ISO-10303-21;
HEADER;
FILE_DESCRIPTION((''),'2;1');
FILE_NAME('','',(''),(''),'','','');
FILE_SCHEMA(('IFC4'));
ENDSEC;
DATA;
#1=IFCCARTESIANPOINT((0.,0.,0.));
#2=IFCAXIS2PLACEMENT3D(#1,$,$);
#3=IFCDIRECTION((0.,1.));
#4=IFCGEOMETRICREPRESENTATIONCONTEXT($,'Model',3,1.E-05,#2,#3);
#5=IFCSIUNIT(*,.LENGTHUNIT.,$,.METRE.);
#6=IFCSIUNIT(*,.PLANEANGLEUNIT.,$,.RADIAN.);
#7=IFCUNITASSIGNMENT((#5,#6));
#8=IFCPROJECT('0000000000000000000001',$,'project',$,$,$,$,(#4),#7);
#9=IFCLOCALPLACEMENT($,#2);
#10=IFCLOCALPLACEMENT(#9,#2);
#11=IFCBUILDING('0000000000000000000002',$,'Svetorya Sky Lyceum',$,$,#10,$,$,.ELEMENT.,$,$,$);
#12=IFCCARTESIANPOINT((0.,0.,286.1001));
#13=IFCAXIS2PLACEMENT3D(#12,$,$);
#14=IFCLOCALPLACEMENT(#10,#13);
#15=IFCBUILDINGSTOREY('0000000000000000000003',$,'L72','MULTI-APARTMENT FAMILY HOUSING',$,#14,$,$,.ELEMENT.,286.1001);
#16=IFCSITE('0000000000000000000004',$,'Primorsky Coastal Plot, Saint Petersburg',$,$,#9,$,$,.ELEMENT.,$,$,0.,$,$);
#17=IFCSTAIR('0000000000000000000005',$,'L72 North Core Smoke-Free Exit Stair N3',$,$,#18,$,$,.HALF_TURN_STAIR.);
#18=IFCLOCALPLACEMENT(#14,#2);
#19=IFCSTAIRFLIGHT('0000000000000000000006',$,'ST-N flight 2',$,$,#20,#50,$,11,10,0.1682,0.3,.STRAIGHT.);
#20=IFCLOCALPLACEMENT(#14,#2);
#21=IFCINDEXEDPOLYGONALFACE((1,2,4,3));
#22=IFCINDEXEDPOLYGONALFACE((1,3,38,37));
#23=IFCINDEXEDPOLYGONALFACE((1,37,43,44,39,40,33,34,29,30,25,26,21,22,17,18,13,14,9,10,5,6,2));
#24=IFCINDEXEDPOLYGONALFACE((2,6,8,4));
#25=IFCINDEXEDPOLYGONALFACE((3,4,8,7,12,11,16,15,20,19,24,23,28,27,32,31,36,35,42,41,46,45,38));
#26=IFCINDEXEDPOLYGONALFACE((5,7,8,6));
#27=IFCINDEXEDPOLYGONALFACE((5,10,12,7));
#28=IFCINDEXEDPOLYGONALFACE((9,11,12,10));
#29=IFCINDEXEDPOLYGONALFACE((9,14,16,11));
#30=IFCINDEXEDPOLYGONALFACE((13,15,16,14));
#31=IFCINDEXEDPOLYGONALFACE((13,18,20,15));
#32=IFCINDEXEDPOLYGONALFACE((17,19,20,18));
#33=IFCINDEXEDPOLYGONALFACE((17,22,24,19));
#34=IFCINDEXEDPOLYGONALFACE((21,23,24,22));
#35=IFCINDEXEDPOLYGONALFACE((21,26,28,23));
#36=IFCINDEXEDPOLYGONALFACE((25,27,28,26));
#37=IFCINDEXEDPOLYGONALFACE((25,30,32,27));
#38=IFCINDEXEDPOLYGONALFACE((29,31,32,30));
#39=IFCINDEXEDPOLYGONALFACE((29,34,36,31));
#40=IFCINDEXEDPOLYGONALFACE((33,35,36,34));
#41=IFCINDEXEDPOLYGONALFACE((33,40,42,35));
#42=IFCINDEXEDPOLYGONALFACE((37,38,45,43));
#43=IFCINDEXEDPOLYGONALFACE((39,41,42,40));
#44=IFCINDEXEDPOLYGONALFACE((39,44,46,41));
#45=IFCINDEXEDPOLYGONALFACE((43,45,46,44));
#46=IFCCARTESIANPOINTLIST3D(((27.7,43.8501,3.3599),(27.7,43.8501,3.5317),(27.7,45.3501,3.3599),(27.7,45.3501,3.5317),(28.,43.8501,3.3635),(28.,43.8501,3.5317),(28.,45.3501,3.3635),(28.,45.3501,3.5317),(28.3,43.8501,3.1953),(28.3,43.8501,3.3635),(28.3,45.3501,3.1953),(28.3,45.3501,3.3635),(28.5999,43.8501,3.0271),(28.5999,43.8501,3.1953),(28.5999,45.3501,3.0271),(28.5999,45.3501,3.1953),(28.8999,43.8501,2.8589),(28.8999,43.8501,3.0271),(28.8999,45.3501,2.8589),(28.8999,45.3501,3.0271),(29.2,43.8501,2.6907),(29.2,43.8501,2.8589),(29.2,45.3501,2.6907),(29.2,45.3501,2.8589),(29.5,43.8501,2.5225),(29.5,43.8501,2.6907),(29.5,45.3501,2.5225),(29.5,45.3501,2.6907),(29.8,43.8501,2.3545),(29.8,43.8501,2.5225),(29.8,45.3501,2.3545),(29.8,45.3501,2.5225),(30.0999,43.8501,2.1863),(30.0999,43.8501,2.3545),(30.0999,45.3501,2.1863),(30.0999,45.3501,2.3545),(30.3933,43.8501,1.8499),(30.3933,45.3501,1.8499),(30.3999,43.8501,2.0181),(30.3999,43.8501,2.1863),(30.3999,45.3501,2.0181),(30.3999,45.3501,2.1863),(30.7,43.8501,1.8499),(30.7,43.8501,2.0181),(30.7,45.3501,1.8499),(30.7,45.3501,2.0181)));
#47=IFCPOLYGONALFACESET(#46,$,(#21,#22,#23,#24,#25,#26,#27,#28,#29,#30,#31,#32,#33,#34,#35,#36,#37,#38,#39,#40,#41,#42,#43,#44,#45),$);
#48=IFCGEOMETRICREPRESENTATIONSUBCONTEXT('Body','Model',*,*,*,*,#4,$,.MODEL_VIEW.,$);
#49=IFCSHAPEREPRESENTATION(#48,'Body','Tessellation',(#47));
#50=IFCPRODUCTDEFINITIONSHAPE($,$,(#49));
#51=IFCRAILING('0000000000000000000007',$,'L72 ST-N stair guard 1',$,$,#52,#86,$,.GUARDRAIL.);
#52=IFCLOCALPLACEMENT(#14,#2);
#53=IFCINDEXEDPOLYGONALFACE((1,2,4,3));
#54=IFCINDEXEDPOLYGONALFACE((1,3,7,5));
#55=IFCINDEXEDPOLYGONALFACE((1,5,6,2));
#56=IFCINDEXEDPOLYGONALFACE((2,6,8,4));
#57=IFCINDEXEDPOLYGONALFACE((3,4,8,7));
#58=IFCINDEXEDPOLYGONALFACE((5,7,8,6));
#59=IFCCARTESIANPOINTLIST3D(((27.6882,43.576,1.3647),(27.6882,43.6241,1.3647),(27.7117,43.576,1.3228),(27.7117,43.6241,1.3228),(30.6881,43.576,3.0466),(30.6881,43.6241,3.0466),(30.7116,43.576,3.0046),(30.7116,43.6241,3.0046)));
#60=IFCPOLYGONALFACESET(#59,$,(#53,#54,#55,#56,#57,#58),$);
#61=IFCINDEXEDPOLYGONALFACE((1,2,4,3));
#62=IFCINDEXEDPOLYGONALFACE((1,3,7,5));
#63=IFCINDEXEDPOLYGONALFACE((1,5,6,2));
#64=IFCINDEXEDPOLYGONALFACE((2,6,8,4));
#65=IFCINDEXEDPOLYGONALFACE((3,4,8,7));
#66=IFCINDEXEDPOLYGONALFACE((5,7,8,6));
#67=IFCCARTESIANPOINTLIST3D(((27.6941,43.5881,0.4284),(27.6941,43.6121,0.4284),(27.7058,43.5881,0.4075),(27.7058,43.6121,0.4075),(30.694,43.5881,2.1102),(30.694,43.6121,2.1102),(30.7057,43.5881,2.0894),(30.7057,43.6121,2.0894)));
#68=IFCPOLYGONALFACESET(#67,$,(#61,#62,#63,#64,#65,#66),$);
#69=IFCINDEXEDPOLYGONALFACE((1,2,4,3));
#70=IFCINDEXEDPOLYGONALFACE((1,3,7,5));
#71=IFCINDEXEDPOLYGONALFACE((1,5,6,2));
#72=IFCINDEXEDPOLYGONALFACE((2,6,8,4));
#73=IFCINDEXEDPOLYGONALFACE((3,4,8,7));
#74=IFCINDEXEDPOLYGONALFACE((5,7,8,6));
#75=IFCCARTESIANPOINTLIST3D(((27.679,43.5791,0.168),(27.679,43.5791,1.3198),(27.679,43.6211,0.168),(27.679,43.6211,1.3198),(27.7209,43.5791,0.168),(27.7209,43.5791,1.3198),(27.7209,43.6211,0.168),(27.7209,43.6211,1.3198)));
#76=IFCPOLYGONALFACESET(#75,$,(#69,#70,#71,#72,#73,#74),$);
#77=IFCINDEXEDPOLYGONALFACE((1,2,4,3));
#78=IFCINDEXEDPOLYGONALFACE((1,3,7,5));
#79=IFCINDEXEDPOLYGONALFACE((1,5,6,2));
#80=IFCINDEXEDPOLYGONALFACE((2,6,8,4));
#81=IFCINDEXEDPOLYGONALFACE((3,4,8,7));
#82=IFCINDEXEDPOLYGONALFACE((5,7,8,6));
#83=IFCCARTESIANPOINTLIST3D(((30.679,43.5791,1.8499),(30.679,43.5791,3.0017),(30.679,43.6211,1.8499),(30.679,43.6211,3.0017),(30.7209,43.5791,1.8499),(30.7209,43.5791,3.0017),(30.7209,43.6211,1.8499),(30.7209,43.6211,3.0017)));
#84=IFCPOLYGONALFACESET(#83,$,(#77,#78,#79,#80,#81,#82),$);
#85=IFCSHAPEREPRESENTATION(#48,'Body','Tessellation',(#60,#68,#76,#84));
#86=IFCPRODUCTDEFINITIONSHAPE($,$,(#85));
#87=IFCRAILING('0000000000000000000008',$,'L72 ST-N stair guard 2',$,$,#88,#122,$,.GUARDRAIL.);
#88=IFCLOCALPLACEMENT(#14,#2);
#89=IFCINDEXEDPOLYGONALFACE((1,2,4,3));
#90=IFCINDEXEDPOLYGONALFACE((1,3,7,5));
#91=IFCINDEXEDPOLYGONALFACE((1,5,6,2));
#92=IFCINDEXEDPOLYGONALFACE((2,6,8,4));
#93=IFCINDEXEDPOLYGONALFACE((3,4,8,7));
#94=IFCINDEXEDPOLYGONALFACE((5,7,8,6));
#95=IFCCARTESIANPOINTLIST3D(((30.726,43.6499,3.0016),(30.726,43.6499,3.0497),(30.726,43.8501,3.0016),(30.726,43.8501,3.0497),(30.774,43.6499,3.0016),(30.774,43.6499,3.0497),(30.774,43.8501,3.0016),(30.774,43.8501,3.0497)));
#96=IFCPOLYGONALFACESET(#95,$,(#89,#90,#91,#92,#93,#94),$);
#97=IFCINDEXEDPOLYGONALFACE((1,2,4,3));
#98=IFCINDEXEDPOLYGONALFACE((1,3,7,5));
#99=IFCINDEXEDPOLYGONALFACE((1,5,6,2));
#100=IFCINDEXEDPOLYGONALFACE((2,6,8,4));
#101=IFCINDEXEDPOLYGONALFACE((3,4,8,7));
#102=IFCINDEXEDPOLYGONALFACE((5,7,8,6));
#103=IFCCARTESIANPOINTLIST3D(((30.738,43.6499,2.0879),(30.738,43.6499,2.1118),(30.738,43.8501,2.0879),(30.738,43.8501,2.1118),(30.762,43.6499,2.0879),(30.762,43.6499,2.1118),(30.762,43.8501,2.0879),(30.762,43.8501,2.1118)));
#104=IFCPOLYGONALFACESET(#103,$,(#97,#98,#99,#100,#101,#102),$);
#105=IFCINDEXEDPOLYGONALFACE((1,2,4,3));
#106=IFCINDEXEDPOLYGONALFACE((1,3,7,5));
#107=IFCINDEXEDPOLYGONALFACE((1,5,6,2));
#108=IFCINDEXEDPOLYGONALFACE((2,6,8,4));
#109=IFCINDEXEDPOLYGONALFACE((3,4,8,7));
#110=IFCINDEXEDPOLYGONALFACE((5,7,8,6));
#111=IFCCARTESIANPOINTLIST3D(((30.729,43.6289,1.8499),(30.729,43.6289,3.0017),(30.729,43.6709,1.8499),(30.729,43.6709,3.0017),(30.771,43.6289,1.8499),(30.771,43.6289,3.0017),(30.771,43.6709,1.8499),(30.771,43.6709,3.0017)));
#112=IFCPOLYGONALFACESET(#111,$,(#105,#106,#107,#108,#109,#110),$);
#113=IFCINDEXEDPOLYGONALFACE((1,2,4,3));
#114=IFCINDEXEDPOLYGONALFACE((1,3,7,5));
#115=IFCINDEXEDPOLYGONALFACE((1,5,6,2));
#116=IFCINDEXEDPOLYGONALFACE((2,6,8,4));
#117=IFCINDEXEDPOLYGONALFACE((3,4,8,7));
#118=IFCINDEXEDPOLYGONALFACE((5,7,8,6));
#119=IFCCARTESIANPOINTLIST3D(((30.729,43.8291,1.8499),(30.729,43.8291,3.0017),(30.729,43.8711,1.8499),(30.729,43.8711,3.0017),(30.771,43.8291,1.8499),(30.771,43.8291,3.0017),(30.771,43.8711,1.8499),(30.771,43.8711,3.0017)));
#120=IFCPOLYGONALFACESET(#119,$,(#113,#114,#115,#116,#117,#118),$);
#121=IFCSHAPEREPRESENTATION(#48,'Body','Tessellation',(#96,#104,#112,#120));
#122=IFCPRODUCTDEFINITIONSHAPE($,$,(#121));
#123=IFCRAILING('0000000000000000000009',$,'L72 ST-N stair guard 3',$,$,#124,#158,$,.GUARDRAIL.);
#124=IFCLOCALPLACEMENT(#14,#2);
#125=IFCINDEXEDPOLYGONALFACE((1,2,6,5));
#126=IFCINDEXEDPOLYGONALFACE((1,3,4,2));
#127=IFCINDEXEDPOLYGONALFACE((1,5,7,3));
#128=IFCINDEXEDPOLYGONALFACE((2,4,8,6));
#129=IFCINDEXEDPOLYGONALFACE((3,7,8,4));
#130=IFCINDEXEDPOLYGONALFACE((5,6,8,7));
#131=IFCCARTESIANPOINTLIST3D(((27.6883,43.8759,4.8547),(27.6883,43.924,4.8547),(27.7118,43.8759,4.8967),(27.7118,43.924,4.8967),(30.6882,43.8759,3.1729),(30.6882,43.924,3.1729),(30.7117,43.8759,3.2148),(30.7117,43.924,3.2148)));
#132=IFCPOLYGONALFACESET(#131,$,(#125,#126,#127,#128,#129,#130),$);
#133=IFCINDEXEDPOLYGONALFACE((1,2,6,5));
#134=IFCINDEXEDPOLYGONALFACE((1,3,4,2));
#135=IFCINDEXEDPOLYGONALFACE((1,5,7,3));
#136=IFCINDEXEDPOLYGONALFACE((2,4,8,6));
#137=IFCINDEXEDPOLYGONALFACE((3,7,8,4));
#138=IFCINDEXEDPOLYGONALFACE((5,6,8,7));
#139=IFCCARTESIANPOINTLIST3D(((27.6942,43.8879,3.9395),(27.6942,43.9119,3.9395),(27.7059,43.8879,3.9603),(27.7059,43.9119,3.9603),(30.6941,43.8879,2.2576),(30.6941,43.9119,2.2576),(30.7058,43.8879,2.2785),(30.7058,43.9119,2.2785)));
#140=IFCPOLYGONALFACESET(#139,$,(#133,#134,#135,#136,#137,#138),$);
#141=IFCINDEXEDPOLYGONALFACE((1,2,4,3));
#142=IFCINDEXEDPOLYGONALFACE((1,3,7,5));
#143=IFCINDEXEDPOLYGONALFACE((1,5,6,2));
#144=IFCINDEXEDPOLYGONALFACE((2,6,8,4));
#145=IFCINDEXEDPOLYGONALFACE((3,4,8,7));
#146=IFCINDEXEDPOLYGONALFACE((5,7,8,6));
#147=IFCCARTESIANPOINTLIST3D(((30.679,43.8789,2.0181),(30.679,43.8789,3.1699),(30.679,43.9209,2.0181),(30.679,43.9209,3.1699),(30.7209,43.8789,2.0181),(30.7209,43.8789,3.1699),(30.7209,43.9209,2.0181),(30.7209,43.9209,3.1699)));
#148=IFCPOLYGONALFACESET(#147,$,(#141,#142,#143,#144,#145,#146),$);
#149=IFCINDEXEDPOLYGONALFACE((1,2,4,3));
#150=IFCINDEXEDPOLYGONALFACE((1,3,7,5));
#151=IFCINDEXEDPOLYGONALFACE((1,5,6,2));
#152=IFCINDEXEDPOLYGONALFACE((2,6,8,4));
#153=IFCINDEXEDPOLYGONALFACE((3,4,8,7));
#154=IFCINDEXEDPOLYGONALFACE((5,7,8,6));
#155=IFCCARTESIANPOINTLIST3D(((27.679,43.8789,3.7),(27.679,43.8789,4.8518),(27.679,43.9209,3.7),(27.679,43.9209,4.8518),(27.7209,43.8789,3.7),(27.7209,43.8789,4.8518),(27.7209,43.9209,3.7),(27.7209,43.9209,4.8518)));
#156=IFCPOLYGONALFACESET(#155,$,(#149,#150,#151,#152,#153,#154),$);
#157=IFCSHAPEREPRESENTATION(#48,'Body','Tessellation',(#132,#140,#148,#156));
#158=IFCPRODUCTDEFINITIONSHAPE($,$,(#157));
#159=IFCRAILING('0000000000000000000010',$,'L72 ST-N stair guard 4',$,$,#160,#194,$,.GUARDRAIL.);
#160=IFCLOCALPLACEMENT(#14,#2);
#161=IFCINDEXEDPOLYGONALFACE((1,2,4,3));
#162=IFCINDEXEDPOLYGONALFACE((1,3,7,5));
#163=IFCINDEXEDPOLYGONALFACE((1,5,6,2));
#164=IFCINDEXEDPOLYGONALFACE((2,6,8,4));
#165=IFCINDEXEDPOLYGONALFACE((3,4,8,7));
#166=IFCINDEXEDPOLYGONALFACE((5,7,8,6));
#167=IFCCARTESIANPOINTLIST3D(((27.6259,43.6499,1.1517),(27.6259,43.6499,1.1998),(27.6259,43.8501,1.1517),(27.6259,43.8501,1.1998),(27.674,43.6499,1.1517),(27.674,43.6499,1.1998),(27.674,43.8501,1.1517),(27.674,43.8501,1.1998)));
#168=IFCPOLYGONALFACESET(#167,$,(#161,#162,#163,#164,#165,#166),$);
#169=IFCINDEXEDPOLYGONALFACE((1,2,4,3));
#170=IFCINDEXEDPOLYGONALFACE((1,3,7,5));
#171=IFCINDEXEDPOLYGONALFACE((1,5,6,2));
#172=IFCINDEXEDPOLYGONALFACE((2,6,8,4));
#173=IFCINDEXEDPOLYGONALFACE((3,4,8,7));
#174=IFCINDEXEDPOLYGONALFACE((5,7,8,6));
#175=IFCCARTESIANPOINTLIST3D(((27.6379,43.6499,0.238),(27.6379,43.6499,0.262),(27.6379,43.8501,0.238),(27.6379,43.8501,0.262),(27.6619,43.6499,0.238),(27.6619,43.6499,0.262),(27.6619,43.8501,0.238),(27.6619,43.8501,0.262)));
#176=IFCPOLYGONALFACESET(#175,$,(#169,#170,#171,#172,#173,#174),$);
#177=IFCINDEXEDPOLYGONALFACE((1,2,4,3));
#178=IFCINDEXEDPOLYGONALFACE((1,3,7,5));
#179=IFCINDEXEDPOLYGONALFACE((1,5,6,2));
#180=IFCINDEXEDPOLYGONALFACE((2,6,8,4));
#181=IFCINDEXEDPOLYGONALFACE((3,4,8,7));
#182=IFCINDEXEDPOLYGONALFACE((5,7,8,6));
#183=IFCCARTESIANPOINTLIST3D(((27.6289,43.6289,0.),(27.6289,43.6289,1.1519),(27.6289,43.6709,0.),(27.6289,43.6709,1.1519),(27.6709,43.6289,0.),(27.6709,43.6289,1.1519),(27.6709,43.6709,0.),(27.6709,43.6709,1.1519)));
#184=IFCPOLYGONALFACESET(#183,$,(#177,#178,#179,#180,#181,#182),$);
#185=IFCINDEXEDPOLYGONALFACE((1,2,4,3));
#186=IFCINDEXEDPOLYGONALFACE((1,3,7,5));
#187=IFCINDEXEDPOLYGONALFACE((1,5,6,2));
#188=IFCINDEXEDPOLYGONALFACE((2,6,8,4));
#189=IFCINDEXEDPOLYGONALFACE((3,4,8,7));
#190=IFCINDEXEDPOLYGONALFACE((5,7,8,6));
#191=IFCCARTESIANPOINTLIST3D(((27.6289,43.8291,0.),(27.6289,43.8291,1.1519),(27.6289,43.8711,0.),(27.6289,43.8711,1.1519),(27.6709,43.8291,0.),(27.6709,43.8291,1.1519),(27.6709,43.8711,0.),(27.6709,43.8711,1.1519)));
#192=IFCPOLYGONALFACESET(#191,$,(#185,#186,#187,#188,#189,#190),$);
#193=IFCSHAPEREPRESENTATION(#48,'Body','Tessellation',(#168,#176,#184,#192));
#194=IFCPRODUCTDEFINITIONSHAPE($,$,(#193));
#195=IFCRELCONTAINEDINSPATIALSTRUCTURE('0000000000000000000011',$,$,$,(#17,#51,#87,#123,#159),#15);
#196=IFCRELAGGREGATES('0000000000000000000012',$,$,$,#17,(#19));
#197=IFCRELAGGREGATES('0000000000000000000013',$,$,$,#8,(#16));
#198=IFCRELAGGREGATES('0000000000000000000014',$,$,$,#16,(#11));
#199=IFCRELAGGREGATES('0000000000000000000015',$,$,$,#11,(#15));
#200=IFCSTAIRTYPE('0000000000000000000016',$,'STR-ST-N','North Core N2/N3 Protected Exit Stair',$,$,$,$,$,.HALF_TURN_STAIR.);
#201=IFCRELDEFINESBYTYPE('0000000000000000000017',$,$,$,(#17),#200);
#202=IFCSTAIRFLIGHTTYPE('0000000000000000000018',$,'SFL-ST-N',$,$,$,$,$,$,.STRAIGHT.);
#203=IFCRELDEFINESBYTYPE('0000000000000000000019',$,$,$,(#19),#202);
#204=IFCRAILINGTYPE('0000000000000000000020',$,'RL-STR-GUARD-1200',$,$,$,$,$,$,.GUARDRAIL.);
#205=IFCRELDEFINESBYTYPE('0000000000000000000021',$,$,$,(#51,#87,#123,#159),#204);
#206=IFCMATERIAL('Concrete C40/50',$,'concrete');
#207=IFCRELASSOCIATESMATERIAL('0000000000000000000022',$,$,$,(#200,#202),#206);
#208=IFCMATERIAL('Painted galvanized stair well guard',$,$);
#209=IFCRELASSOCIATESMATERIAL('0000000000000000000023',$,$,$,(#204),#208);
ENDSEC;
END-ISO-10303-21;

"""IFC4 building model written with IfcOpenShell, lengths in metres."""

from ifc_helpers import new_model, si_unit, direction, frame, origin, origin_2d, place, context, subcontext, project, spatial, polyline, rectangle, outline, extrude, material, type_object, element, aggregate, save


model = new_model("IFC4")

# Units and contexts
model_context = context("Model", 3, precision=1e-05, world=origin(), true_north=direction((0.0, 1.0)))
body_context = subcontext(model_context, "Body", "Model", "MODEL_VIEW")
ifc_project = project(units=[si_unit("LENGTHUNIT", "METRE"), si_unit("PLANEANGLEUNIT", "RADIAN")], contexts=[model_context])

# Site, building, storey
site_placement = place(None, origin())
site = spatial("IfcSite", under=ifc_project, at=site_placement, Name="Primorsky Coastal Plot, Saint Petersburg", CompositionType="ELEMENT", RefElevation=0.0)
building_placement = place(site_placement, origin())
building = spatial("IfcBuilding", under=site, at=building_placement, Name="Svetorya Sky Lyceum", CompositionType="ELEMENT")
storey_placement = place(building_placement, frame((0.0, 0.0, 286.1001)))
storey = spatial("IfcBuildingStorey", under=building, at=storey_placement, Name="L72", Description="MULTI-APARTMENT FAMILY HOUSING", CompositionType="ELEMENT", Elevation=286.1001)

# Shared definitions
ifc_material_1 = material(Name="Concrete C40/50", Category="concrete")

# Stair, stair flight
stair_type = type_object("IfcStairType", Name="STR-ST-N", Description="North Core N2/N3 Protected Exit Stair", PredefinedType="HALF_TURN_STAIR", material=ifc_material_1)
stair_placement = place(storey_placement, origin())
stair = element("IfcStair", 1, at=stair_placement, inside=storey, type_object=stair_type, Name="L72 North Core Smoke-Free Exit Stair N3", PredefinedType="HALF_TURN_STAIR")
stair_flight_type = type_object("IfcStairFlightType", Name="SFL-ST-N", PredefinedType="STRAIGHT", material=ifc_material_1)
stair_flight_1_placement = place(storey_placement, frame((30.7, 44.6001, 1.8499), z_axis=(0.0, 0.0, 1.0), x_axis=(-1.0, 0.0, 0.0)))
stair_flight_1 = element("IfcStairFlight", 2, at=stair_flight_1_placement, type_object=stair_flight_type, Name="ST-N flight 2", NumberOfRisers=11, NumberOfTreads=10, PredefinedType="STRAIGHT", RiserHeight=0.1682, TreadLength=0.3, context=body_context, shape_type="SweptSolid", body=[
    extrude(outline(polyline([(0.0, 0.0), (0.0, 0.1682), (0.3, 0.1682), (0.3, 0.3364), (0.6001, 0.3364), (0.6001, 0.5046), (0.8999, 0.5046), (0.8999, 0.6726), (1.2, 0.6726), (1.2, 0.8408), (1.5, 0.8408), (1.5, 1.009), (1.8, 1.009), (1.8, 1.1772), (2.1001, 1.1772), (2.1001, 1.3455), (2.3999, 1.3455), (2.3999, 1.5137), (2.7, 1.5137), (2.7, 1.6819), (3.0, 1.6819), (3.0, 1.8501), (3.0, 1.51), (0.3066, 0.0), (0.0, 0.0)])), frame((0.0, 0.75, 0.0), z_axis=(0.0, -1.0, 0.0), x_axis=(1.0, 0.0, 0.0)), (0.0, 0.0, 1.0), 1.5),
])
aggregate(stair, [stair_flight_1])

# Railings
ifc_material_2 = material(Name="Painted galvanized stair well guard")
railing_type_1 = type_object("IfcRailingType", Name="RL-STR-GUARD-1200", PredefinedType="GUARDRAIL", material=ifc_material_2)
railing_1_placement = place(storey_placement, frame((27.7, 43.6001, 0.168)))
element("IfcRailing", 3, at=railing_1_placement, inside=storey, type_object=railing_type_1, Name="L72 ST-N stair guard 1", PredefinedType="GUARDRAIL", context=body_context, shape_type="SweptSolid", body=[
    extrude(rectangle(XDim=0.0481, YDim=0.0481, at=origin_2d()), frame((0.0, 0.0, 1.1758), z_axis=(0.872272, 0.0, 0.48902), x_axis=(0.0, 1.0, 0.0)), (0.0, 0.0, 1.0), 3.4392),
    extrude(rectangle(XDim=0.0239, YDim=0.0239, at=origin_2d()), frame((0.0, 0.0, 0.25), z_axis=(0.872272, 0.0, 0.48902), x_axis=(0.0, 1.0, 0.0)), (0.0, 0.0, 1.0), 3.4392),
    extrude(rectangle(XDim=0.042, YDim=0.042, at=origin_2d()), origin(), (0.0, 0.0, 1.0), 1.1519),
    extrude(rectangle(XDim=0.042, YDim=0.042, at=origin_2d()), frame((3.0, 0.0, 1.6819)), (0.0, 0.0, 1.0), 1.1519),
])
railing_2_placement = place(storey_placement, frame((30.75, 43.6499, 1.8499)))
element("IfcRailing", 4, at=railing_2_placement, inside=storey, type_object=railing_type_1, Name="L72 ST-N stair guard 2", PredefinedType="GUARDRAIL", context=body_context, shape_type="SweptSolid", body=[
    extrude(rectangle(XDim=0.0481, YDim=0.0481, at=origin_2d()), frame((0.0, 0.0, 1.1758), z_axis=(0.0, 1.0, 0.0), x_axis=(-1.0, 0.0, 0.0)), (0.0, 0.0, 1.0), 0.2002),
    extrude(rectangle(XDim=0.0239, YDim=0.0239, at=origin_2d()), frame((0.0, 0.0, 0.25), z_axis=(0.0, 1.0, 0.0), x_axis=(-1.0, 0.0, 0.0)), (0.0, 0.0, 1.0), 0.2002),
    extrude(rectangle(XDim=0.042, YDim=0.042, at=origin_2d()), origin(), (0.0, 0.0, 1.0), 1.1519),
    extrude(rectangle(XDim=0.042, YDim=0.042, at=origin_2d()), frame((0.0, 0.2002, 0.0)), (0.0, 0.0, 1.0), 1.1519),
])
railing_3_placement = place(storey_placement, frame((30.7, 43.8999, 2.0181)))
element("IfcRailing", 5, at=railing_3_placement, inside=storey, type_object=railing_type_1, Name="L72 ST-N stair guard 3", PredefinedType="GUARDRAIL", context=body_context, shape_type="SweptSolid", body=[
    extrude(rectangle(XDim=0.0481, YDim=0.0481, at=origin_2d()), frame((0.0, 0.0, 1.1758), z_axis=(-0.872272, 0.0, 0.48902), x_axis=(0.0, -1.0, 0.0)), (0.0, 0.0, 1.0), 3.4392),
    extrude(rectangle(XDim=0.0239, YDim=0.0239, at=origin_2d()), frame((0.0, 0.0, 0.25), z_axis=(-0.872272, 0.0, 0.48902), x_axis=(0.0, -1.0, 0.0)), (0.0, 0.0, 1.0), 3.4392),
    extrude(rectangle(XDim=0.042, YDim=0.042, at=origin_2d()), origin(), (0.0, 0.0, 1.0), 1.1519),
    extrude(rectangle(XDim=0.042, YDim=0.042, at=origin_2d()), frame((-3.0, 0.0, 1.6819)), (0.0, 0.0, 1.0), 1.1519),
])
railing_4_placement = place(storey_placement, frame((27.6499, 43.6499, 0.0)))
element("IfcRailing", 6, at=railing_4_placement, inside=storey, type_object=railing_type_1, Name="L72 ST-N stair guard 4", PredefinedType="GUARDRAIL", context=body_context, shape_type="SweptSolid", body=[
    extrude(rectangle(XDim=0.0481, YDim=0.0481, at=origin_2d()), frame((0.0, 0.0, 1.1758), z_axis=(0.0, 1.0, 0.0), x_axis=(-1.0, 0.0, 0.0)), (0.0, 0.0, 1.0), 0.2002),
    extrude(rectangle(XDim=0.0239, YDim=0.0239, at=origin_2d()), frame((0.0, 0.0, 0.25), z_axis=(0.0, 1.0, 0.0), x_axis=(-1.0, 0.0, 0.0)), (0.0, 0.0, 1.0), 0.2002),
    extrude(rectangle(XDim=0.042, YDim=0.042, at=origin_2d()), origin(), (0.0, 0.0, 1.0), 1.1519),
    extrude(rectangle(XDim=0.042, YDim=0.042, at=origin_2d()), frame((0.0, 0.2002, 0.0)), (0.0, 0.0, 1.0), 1.1519),
])

save(model, "model.ifc")
